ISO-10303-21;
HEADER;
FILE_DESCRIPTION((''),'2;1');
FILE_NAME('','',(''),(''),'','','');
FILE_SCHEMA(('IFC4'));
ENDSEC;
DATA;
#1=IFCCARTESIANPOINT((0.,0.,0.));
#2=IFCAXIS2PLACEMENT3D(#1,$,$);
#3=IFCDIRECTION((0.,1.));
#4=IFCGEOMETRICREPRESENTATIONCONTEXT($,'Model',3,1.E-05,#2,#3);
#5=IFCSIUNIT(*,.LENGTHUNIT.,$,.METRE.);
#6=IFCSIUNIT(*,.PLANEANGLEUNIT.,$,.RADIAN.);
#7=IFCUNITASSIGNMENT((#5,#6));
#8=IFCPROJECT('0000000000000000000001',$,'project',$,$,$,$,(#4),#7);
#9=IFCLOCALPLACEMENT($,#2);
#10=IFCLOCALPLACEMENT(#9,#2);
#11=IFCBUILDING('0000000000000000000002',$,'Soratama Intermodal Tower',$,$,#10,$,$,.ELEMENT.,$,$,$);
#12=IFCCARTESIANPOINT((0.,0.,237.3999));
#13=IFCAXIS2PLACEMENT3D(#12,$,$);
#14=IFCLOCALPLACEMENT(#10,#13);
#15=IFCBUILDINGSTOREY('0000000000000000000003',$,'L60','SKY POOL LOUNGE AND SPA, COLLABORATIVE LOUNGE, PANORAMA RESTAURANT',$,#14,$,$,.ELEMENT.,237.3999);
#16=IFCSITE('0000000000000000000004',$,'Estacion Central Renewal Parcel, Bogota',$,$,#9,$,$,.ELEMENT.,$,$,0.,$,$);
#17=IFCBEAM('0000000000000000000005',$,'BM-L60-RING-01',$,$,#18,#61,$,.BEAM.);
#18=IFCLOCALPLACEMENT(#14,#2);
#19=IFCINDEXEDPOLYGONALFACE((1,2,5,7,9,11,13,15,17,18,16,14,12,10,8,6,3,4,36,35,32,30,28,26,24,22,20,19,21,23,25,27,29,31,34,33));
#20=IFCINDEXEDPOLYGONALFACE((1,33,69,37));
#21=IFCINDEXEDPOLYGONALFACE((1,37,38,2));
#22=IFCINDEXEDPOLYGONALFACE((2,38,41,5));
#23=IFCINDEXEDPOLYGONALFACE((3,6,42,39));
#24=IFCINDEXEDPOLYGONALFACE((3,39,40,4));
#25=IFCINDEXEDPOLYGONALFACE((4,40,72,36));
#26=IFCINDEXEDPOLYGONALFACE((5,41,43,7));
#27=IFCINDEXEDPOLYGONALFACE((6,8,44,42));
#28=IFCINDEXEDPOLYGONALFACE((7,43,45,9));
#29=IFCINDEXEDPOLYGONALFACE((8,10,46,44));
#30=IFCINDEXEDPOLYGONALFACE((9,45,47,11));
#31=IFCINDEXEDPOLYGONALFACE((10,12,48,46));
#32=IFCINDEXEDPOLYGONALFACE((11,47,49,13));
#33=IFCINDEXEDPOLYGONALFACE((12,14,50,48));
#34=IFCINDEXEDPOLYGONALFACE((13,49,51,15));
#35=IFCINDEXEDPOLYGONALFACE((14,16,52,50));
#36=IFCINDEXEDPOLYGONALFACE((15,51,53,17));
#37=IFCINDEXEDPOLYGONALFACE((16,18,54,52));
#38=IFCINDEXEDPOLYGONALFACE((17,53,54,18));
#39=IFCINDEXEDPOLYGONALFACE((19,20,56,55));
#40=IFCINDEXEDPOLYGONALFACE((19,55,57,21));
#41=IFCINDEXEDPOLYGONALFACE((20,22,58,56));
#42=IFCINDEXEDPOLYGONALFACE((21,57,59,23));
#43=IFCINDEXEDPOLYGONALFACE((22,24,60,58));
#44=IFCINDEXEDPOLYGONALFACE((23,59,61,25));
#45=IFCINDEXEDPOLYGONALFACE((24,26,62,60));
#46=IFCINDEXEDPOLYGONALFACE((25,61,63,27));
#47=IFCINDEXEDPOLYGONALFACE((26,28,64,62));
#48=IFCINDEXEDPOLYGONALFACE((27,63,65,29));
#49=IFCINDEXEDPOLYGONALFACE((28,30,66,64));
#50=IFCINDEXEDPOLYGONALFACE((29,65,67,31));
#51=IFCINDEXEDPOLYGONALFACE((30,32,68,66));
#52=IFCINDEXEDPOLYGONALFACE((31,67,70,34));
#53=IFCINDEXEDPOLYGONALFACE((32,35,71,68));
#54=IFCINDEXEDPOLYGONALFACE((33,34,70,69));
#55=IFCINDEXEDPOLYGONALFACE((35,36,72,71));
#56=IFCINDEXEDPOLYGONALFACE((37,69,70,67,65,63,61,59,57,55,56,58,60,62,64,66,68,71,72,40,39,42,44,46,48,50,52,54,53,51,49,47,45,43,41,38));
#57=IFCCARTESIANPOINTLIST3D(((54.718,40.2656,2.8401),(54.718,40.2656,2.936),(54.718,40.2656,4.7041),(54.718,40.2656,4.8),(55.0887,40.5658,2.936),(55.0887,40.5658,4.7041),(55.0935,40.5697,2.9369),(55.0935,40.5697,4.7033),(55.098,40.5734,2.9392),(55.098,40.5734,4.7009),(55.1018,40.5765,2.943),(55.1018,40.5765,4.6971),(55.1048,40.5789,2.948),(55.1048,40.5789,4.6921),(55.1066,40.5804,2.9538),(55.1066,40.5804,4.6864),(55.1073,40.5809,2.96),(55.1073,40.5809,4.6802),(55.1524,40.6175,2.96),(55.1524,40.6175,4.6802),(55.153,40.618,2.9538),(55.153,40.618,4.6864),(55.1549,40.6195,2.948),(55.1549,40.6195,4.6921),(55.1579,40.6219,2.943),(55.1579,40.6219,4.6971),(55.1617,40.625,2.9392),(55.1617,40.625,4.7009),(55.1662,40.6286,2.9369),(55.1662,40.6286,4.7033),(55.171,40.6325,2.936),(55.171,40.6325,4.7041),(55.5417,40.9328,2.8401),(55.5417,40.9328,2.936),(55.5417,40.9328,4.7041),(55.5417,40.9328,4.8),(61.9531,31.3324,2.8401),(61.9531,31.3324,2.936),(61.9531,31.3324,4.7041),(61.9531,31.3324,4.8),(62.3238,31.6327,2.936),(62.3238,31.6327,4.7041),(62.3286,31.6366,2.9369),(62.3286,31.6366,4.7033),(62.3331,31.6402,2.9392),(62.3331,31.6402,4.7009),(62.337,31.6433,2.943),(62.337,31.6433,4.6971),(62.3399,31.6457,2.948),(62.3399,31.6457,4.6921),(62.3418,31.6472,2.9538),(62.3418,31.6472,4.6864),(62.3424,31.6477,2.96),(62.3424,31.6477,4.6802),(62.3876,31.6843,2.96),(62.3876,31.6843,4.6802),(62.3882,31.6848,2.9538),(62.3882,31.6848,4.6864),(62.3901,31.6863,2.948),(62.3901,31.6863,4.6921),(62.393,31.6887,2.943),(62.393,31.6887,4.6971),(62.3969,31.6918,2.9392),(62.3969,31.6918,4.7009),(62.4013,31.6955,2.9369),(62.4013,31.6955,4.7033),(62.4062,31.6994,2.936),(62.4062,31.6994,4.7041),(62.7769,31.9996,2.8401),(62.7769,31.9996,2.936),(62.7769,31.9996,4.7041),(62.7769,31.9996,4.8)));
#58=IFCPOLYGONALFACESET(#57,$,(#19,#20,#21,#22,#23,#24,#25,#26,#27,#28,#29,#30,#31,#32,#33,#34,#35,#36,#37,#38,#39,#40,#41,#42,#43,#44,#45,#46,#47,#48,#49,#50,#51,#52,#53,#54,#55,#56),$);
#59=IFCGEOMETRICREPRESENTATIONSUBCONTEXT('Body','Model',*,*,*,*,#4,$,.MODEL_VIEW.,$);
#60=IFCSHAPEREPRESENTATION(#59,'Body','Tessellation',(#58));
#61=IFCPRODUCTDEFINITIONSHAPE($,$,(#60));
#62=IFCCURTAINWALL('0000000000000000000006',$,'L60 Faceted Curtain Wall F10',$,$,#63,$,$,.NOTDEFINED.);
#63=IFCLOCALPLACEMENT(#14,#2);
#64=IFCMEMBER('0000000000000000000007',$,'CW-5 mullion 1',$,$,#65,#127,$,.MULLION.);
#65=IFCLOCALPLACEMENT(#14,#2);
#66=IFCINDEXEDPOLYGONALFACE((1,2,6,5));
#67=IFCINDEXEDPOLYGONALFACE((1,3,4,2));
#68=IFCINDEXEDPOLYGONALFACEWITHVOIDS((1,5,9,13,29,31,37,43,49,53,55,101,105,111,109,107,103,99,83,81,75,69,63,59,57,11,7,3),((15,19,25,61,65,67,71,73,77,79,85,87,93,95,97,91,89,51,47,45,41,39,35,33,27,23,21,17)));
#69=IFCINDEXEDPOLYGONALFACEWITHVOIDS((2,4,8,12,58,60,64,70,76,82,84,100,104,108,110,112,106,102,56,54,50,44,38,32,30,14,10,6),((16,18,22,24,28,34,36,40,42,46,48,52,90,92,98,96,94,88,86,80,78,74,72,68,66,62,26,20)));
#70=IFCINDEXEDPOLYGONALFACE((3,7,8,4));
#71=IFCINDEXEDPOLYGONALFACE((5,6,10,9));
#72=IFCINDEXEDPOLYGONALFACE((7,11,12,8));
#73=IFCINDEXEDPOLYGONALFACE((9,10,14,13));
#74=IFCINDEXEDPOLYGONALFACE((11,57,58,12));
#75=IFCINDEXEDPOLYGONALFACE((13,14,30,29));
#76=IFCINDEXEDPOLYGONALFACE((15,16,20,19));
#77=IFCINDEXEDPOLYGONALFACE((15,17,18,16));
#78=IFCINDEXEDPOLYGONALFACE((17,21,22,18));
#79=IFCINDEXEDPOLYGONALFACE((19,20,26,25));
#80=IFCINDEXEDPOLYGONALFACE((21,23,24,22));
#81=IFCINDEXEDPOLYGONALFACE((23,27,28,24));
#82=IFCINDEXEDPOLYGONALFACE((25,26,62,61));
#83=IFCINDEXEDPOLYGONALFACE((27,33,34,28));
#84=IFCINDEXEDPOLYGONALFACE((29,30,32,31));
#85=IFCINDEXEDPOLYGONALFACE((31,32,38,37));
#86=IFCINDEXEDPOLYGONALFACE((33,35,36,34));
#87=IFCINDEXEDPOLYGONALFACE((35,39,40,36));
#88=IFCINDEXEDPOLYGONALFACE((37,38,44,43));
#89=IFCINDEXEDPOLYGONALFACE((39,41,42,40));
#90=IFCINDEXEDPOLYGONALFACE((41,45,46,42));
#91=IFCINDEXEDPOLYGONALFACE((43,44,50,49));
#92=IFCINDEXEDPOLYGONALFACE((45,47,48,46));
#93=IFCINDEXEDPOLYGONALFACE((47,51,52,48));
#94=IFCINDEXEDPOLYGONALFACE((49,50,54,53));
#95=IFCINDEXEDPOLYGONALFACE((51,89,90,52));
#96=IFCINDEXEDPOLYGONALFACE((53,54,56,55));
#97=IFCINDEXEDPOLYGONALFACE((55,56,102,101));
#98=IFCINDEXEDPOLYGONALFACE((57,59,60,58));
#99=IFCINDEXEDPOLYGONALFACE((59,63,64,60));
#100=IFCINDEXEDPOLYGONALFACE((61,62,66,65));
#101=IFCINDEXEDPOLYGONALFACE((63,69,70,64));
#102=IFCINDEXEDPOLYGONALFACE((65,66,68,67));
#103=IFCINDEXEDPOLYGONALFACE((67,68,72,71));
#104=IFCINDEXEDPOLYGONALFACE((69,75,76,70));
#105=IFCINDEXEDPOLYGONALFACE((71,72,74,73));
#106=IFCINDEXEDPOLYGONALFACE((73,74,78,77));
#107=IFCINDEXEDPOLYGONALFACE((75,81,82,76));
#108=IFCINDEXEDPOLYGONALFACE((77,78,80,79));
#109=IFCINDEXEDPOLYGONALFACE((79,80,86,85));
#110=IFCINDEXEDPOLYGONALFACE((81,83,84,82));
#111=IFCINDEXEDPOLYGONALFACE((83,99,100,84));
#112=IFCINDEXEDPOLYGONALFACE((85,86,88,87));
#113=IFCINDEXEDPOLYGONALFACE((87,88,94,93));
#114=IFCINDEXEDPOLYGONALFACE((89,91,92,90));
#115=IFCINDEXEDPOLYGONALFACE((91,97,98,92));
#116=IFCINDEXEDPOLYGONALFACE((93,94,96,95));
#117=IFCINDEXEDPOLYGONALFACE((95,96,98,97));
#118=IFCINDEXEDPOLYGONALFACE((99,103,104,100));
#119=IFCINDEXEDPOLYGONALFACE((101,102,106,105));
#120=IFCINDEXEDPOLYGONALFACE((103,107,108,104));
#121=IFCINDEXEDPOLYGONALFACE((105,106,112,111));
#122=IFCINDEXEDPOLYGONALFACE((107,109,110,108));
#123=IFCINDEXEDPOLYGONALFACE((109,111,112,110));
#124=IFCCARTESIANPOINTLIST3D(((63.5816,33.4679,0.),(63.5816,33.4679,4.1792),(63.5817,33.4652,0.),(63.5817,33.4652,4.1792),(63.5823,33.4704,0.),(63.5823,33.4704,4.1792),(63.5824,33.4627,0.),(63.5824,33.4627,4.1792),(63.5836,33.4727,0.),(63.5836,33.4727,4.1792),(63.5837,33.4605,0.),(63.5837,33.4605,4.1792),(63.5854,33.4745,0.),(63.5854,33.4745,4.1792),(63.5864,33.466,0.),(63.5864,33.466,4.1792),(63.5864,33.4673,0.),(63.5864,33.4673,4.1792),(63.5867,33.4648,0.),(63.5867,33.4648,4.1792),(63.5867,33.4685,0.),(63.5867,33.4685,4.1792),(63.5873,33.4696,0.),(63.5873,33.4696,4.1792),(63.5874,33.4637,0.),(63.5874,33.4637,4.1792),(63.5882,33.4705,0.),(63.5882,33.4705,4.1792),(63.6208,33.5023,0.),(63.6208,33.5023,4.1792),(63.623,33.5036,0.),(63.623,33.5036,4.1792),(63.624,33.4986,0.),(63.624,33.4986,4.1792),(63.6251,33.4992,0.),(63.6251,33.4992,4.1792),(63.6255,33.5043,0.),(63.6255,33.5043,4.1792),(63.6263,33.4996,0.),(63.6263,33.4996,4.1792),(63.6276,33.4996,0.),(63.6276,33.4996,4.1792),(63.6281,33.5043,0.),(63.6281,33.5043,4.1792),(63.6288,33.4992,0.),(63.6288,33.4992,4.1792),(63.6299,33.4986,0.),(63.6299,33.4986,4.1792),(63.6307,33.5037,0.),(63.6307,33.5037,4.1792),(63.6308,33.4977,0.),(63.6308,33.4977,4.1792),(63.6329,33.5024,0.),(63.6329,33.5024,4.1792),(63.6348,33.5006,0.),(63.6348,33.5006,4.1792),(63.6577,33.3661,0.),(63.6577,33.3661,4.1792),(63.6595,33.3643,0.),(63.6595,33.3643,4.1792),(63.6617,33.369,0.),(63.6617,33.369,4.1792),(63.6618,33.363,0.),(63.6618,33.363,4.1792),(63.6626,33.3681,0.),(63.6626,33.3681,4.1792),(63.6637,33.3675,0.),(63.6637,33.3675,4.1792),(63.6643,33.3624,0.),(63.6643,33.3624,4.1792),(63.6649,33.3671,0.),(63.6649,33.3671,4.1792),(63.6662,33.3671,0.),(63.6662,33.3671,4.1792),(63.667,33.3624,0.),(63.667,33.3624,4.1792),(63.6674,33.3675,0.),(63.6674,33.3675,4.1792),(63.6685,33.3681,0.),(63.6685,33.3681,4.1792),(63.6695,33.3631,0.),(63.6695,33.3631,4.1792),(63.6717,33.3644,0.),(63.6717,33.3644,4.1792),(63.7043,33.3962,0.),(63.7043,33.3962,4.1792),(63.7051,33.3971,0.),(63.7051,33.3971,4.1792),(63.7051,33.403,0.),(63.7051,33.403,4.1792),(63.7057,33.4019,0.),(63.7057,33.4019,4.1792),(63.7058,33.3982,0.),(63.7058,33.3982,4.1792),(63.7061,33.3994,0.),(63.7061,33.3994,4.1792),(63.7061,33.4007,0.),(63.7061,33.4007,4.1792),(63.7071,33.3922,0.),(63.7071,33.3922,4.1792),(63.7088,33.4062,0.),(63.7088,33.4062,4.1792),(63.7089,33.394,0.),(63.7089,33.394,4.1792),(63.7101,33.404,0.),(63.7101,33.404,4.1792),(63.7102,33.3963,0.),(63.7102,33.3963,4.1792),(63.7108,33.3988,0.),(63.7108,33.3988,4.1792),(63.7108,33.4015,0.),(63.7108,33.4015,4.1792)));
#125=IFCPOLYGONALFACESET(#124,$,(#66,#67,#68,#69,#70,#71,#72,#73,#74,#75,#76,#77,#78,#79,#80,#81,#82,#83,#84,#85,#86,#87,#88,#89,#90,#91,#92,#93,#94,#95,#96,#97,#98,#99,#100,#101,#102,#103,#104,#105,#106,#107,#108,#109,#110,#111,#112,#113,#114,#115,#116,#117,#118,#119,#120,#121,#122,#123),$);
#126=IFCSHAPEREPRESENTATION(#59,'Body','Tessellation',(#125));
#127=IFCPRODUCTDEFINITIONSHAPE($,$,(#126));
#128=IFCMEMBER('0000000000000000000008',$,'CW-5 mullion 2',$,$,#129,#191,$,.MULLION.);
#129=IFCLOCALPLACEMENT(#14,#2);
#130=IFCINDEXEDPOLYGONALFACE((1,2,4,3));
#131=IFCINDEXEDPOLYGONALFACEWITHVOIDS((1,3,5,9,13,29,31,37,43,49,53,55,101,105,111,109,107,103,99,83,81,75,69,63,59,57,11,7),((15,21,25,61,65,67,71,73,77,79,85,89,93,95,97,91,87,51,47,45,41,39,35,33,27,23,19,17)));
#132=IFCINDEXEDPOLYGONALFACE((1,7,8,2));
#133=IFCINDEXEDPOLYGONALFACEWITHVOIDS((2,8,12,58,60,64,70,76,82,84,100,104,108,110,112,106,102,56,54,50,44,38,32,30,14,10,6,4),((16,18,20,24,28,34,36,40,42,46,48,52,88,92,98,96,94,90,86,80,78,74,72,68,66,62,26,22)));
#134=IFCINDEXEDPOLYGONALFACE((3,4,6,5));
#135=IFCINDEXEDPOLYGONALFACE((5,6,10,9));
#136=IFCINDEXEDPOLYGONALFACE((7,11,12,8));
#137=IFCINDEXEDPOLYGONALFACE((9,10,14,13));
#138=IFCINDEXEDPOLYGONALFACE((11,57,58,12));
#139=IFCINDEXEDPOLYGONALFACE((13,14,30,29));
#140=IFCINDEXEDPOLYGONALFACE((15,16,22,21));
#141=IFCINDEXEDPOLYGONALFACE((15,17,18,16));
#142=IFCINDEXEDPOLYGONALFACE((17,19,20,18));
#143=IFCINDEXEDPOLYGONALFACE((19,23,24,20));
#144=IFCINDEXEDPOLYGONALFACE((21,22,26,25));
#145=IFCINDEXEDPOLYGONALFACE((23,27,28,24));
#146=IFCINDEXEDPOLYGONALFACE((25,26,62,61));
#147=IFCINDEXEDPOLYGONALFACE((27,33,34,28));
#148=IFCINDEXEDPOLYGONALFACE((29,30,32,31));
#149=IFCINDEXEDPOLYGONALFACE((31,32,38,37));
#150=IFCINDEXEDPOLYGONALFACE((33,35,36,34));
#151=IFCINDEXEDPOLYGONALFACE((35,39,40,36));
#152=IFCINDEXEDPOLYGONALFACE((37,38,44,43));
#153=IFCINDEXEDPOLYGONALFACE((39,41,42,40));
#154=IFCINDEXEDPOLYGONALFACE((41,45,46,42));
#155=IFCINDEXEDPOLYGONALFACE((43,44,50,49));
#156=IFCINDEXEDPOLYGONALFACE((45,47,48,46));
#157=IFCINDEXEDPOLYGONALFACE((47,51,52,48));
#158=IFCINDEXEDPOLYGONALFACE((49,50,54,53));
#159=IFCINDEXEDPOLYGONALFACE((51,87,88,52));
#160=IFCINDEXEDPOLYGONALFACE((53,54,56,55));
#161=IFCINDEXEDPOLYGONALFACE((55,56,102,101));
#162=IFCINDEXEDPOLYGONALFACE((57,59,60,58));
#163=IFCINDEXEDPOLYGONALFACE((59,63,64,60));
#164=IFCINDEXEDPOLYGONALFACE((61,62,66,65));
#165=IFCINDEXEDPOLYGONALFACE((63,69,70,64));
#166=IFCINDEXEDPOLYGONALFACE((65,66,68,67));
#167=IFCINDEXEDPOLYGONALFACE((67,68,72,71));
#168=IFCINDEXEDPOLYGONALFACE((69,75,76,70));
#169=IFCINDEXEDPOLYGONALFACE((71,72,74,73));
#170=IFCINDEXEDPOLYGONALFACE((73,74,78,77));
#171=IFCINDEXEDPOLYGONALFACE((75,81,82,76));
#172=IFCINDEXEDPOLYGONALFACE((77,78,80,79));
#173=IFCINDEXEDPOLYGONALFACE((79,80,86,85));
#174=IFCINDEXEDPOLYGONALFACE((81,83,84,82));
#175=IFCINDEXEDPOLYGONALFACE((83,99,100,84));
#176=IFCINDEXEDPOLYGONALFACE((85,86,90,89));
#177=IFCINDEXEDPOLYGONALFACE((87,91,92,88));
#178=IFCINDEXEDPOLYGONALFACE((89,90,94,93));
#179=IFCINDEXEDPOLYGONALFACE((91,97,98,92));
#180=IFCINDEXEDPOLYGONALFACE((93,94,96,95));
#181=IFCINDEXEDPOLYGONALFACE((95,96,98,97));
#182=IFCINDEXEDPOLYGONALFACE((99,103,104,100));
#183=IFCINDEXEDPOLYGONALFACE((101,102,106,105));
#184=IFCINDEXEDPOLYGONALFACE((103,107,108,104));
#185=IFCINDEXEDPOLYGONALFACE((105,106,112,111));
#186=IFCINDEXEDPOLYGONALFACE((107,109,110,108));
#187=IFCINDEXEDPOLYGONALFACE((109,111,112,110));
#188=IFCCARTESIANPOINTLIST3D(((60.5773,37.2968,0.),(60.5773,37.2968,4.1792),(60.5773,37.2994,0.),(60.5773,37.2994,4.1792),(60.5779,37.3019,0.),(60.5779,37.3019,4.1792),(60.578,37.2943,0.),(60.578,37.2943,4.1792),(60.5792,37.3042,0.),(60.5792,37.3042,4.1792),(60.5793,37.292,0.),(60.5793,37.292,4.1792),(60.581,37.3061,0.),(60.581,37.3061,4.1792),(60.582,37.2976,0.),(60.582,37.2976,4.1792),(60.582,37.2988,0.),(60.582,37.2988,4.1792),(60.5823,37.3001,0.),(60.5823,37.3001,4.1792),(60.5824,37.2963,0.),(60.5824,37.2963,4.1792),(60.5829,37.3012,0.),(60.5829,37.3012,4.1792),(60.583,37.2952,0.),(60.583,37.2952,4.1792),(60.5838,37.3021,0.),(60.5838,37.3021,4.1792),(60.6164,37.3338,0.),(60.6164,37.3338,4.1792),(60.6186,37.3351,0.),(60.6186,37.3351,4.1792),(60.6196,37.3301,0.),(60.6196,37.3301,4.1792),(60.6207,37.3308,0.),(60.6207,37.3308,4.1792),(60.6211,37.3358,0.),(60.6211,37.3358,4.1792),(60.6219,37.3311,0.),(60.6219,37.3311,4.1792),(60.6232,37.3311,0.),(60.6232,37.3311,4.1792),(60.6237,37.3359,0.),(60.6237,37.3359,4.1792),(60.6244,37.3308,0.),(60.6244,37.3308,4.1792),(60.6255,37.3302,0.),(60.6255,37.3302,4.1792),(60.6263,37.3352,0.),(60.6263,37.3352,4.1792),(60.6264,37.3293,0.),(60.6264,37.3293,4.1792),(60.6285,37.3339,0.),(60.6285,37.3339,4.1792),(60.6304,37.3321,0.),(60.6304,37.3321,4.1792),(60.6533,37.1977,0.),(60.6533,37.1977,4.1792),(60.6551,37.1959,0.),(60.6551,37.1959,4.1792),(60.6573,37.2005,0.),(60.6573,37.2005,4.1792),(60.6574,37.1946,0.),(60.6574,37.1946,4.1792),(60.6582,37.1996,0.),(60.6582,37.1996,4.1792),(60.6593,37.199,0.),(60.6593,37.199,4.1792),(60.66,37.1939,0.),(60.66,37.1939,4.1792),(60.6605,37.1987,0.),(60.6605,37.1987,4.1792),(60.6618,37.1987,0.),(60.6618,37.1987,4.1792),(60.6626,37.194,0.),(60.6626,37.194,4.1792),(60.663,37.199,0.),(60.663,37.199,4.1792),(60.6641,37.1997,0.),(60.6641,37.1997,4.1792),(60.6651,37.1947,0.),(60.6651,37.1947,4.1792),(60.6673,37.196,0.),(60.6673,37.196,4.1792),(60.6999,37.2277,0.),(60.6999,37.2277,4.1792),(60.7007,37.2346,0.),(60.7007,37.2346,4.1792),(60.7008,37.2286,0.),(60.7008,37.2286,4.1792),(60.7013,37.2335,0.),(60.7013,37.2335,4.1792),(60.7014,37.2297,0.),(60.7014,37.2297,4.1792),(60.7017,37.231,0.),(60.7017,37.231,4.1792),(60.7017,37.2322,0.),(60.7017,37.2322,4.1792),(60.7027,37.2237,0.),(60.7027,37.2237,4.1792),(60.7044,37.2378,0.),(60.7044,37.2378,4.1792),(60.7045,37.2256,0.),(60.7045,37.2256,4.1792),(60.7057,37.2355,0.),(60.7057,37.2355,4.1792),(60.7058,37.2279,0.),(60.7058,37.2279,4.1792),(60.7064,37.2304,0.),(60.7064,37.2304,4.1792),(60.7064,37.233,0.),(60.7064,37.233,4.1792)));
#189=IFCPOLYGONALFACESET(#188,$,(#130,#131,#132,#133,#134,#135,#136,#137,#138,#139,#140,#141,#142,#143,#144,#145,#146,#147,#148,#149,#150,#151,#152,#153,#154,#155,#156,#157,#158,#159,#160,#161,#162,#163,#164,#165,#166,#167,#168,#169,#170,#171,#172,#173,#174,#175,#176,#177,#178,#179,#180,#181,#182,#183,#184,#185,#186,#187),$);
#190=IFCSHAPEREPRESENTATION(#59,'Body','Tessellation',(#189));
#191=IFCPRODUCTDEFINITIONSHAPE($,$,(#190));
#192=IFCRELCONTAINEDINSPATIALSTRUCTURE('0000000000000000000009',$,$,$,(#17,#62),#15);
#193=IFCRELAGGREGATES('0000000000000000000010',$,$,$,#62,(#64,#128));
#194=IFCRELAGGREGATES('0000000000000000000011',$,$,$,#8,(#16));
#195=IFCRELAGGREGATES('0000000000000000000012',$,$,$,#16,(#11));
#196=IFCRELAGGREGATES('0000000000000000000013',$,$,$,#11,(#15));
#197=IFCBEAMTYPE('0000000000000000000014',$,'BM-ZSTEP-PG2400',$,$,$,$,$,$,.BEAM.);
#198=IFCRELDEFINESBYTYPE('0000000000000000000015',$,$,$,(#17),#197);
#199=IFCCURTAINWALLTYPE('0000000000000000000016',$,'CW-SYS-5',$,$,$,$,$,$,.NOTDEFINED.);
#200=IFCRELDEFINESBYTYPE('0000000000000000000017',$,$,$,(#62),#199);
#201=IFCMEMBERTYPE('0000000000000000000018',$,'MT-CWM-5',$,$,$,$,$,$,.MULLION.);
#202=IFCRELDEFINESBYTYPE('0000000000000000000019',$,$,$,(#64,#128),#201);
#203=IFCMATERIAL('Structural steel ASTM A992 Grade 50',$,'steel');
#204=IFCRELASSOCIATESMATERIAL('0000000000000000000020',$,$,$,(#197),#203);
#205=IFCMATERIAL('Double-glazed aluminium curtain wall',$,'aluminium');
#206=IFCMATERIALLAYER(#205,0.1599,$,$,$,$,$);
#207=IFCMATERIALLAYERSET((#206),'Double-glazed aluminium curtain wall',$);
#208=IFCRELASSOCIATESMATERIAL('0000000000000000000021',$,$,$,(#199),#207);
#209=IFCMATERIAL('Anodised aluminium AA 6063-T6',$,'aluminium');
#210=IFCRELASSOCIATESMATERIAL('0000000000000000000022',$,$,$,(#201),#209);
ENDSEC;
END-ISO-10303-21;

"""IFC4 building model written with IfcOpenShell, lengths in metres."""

from ifc_helpers import new_model, si_unit, direction, frame, origin, origin_2d, place, context, subcontext, project, spatial, hollow_rectangle, i_section, extrude, material, layer, layer_set, material_profile, profile_set, type_object, element, aggregate, save


model = new_model("IFC4")

# Units and contexts
model_context = context("Model", 3, precision=1e-05, world=origin(), true_north=direction((0.0, 1.0)))
body_context = subcontext(model_context, "Body", "Model", "MODEL_VIEW")
ifc_project = project(units=[si_unit("LENGTHUNIT", "METRE"), si_unit("PLANEANGLEUNIT", "RADIAN")], contexts=[model_context])

# Site, building, storey
site_placement = place(None, origin())
site = spatial("IfcSite", under=ifc_project, at=site_placement, Name="Estacion Central Renewal Parcel, Bogota", CompositionType="ELEMENT", RefElevation=0.0)
building_placement = place(site_placement, origin())
building = spatial("IfcBuilding", under=site, at=building_placement, Name="Soratama Intermodal Tower", CompositionType="ELEMENT")
storey_placement = place(building_placement, frame((0.0, 0.0, 237.3999)))
storey = spatial("IfcBuildingStorey", under=building, at=storey_placement, Name="L60", Description="SKY POOL LOUNGE AND SPA, COLLABORATIVE LOUNGE, PANORAMA RESTAURANT", CompositionType="ELEMENT", Elevation=237.3999)

# Beam
ifc_material_1 = material(Name="Structural steel ASTM A992 Grade 50", Category="steel")
ifc_material_profile_1 = material_profile(ifc_material_1, i_section(OverallWidth=1.0601, OverallDepth=1.96, WebThickness=0.0581, FlangeThickness=0.0959, FilletRadius=0.0239, at=origin_2d()), Name="PG2400X900")
ifc_profile_set_1 = profile_set([ifc_material_profile_1], Name="Structural steel ASTM A992 Grade 50")
beam_type_1 = type_object("IfcBeamType", Name="BM-ZSTEP-PG2400", PredefinedType="BEAM", material=ifc_profile_set_1)
beam_1_placement = place(storey_placement, frame((62.365, 31.666, 3.8201), z_axis=(-0.629385, 0.777094, 0.0), x_axis=(-0.777094, -0.629385, 0.0)))
element("IfcBeam", 1, at=beam_1_placement, inside=storey, type_object=beam_type_1, Name="BM-L60-RING-01", PredefinedType="BEAM", context=body_context, shape_type="SweptSolid", body=[
    extrude(i_section(OverallWidth=1.0601, OverallDepth=1.96, WebThickness=0.0581, FlangeThickness=0.0959, FilletRadius=0.0239, at=origin_2d()), origin(), (0.0, 0.0, 1.0), 11.4956),
])

# Curtain wall, members
ifc_material_2 = material(Name="Double-glazed aluminium curtain wall", Category="aluminium")
ifc_layer_1 = layer(ifc_material_2, 0.1599)
ifc_layer_set_1 = layer_set([ifc_layer_1], Name="Double-glazed aluminium curtain wall")
curtain_wall_type = type_object("IfcCurtainWallType", Name="CW-SYS-5", PredefinedType="NOTDEFINED", material=ifc_layer_set_1)
curtain_wall_placement = place(storey_placement, origin())
curtain_wall = element("IfcCurtainWall", 2, at=curtain_wall_placement, inside=storey, type_object=curtain_wall_type, Name="L60 Faceted Curtain Wall F10", PredefinedType="NOTDEFINED")
ifc_material_3 = material(Name="Anodised aluminium AA 6063-T6", Category="aluminium")
ifc_material_profile_2 = material_profile(ifc_material_3, hollow_rectangle(XDim=0.0649, YDim=0.1399, WallThickness=0.0049, InnerFilletRadius=0.0049, OuterFilletRadius=0.01, at=origin_2d()), Name="CWM140X65X5")
ifc_profile_set_2 = profile_set([ifc_material_profile_2], Name="Anodised aluminium AA 6063-T6")
member_type_1 = type_object("IfcMemberType", Name="MT-CWM-5", PredefinedType="MULLION", material=ifc_profile_set_2)
member_1_placement = place(storey_placement, frame((63.6462, 33.4333, 0.0), z_axis=(0.0, 0.0, 1.0), x_axis=(-0.786935, -0.617036, 0.0)))
member_1 = element("IfcMember", 3, at=member_1_placement, type_object=member_type_1, Name="CW-5 mullion 1", PredefinedType="MULLION", context=body_context, shape_type="SweptSolid", body=[
    extrude(hollow_rectangle(XDim=0.0649, YDim=0.1399, WallThickness=0.0049, InnerFilletRadius=0.0049, OuterFilletRadius=0.01, at=origin_2d()), origin(), (0.0, 0.0, 1.0), 4.1792),
])
member_2_placement = place(storey_placement, frame((60.6418, 37.2649, 0.0), z_axis=(0.0, 0.0, 1.0), x_axis=(-0.786935, -0.617036, 0.0)))
member_2 = element("IfcMember", 4, at=member_2_placement, type_object=member_type_1, Name="CW-5 mullion 2", PredefinedType="MULLION", context=body_context, shape_type="SweptSolid", body=[
    extrude(hollow_rectangle(XDim=0.0649, YDim=0.1399, WallThickness=0.0049, InnerFilletRadius=0.0049, OuterFilletRadius=0.01, at=origin_2d()), origin(), (0.0, 0.0, 1.0), 4.1792),
])
aggregate(curtain_wall, [member_1, member_2])

save(model, "model.ifc")
